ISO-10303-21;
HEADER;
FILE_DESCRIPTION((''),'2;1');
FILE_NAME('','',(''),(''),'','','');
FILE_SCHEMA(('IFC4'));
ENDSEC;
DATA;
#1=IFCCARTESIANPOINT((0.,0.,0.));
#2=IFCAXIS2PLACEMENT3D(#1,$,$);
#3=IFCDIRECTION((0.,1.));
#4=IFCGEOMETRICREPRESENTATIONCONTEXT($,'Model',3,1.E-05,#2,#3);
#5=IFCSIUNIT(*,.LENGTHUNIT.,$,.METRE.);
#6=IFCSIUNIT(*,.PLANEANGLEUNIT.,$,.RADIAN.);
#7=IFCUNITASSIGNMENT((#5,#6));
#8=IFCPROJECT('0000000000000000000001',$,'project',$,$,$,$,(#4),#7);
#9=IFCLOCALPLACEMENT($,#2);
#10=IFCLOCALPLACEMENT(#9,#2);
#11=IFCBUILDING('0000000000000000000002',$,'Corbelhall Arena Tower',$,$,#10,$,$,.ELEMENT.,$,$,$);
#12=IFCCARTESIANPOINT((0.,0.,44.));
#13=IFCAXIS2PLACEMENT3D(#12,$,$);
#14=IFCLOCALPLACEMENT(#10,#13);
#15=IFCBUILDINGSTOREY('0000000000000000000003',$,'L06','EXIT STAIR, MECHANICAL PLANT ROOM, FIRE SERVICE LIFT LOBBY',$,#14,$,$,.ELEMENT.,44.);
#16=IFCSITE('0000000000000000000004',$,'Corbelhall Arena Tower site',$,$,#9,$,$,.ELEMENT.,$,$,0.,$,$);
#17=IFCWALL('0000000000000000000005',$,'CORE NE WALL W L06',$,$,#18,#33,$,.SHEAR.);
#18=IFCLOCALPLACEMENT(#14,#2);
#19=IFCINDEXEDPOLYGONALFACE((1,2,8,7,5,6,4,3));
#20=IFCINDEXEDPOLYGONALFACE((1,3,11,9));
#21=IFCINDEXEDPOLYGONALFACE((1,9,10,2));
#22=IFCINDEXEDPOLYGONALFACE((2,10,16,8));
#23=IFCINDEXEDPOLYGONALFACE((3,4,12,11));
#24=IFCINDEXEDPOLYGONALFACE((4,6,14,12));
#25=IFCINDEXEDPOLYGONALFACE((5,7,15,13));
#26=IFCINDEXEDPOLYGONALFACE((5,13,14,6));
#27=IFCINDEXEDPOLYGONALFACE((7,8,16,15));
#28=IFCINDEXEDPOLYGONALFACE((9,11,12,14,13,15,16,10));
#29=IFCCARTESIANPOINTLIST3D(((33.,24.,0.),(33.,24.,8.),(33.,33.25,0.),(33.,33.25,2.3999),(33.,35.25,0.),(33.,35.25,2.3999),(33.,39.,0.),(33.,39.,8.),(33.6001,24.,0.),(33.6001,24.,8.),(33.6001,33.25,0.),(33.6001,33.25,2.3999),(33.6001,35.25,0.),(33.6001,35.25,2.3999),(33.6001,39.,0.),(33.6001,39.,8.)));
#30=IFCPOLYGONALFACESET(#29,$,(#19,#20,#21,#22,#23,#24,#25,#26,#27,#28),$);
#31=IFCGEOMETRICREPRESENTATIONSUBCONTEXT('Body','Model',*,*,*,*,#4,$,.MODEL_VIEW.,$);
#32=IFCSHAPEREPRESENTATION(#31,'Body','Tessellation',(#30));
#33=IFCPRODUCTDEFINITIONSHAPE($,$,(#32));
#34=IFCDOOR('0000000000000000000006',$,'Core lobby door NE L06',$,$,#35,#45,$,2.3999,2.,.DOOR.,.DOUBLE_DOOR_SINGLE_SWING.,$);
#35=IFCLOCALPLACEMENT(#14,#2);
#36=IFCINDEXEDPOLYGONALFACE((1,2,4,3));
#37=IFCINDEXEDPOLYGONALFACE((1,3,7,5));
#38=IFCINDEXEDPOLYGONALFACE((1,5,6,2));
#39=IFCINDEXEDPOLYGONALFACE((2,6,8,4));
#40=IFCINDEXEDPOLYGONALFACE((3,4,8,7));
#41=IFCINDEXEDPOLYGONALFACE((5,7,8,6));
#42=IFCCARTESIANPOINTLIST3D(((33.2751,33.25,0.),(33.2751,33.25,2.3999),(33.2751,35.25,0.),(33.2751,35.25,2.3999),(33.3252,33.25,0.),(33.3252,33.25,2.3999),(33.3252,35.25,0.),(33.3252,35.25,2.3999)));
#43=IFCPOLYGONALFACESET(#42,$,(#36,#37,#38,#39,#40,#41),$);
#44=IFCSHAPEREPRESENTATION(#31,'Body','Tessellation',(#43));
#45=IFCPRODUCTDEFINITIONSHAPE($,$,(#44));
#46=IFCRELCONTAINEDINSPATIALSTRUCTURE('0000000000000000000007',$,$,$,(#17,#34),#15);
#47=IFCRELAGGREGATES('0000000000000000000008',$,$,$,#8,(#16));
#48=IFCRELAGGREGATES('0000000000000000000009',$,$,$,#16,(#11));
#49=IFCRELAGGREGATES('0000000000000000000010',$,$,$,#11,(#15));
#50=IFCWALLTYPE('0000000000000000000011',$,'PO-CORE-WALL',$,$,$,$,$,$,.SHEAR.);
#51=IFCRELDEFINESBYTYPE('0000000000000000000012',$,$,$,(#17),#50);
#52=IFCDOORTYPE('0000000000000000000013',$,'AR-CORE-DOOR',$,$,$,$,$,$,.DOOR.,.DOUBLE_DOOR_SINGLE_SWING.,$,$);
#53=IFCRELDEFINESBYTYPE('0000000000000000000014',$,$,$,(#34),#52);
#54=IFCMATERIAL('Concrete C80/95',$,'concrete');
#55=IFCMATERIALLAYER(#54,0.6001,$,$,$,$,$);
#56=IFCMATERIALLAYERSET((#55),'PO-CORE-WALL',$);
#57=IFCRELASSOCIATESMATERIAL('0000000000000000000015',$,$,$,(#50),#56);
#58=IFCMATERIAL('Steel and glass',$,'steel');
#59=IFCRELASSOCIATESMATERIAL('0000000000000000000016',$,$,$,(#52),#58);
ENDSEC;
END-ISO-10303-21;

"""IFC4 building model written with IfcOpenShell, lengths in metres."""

from ifc_helpers import new_model, si_unit, direction, frame, frame_2d, origin, place, context, subcontext, project, spatial, rectangle, extrude, material, layer, layer_set, type_object, element, fill, save


model = new_model("IFC4")

# Units and contexts
model_context = context("Model", 3, precision=1e-05, world=origin(), true_north=direction((0.0, 1.0)))
body_context = subcontext(model_context, "Body", "Model", "MODEL_VIEW")
ifc_project = project(units=[si_unit("LENGTHUNIT", "METRE"), si_unit("PLANEANGLEUNIT", "RADIAN")], contexts=[model_context])

# Site, building, storey
site_placement = place(None, origin())
site = spatial("IfcSite", under=ifc_project, at=site_placement, Name="Corbelhall Arena Tower site", CompositionType="ELEMENT", RefElevation=0.0)
building_placement = place(site_placement, origin())
building = spatial("IfcBuilding", under=site, at=building_placement, Name="Corbelhall Arena Tower", CompositionType="ELEMENT")
storey_placement = place(building_placement, frame((0.0, 0.0, 44.0)))
storey = spatial("IfcBuildingStorey", under=building, at=storey_placement, Name="L06", Description="EXIT STAIR, MECHANICAL PLANT ROOM, FIRE SERVICE LIFT LOBBY", CompositionType="ELEMENT", Elevation=44.0)

# Shared definitions
ifc_material_1 = material(Name="Concrete C80/95", Category="concrete")
ifc_layer_1 = layer(ifc_material_1, 0.6001)
ifc_layer_set_1 = layer_set([ifc_layer_1], Name="PO-CORE-WALL")
wall_type_1 = type_object("IfcWallType", Name="PO-CORE-WALL", PredefinedType="SHEAR", material=ifc_layer_set_1)
ifc_material_2 = material(Name="Steel and glass", Category="steel")

# Wall, opening, door
wall_1_placement = place(storey_placement, frame((33.3, 24.0, 0.0), z_axis=(0.0, 0.0, 1.0), x_axis=(0.0, 1.0, 0.0)))
wall_1 = element("IfcWall", 1, at=wall_1_placement, inside=storey, type_object=wall_type_1, Name="CORE NE WALL W L06", PredefinedType="SHEAR", context=body_context, shape_type="SweptSolid", body=[
    extrude(rectangle(XDim=15.0, YDim=0.6001, at=frame_2d((7.5, 0.0))), origin(), (0.0, 0.0, 1.0), 8.0),
])
opening_1_placement = place(wall_1_placement, frame((9.25, 0.0, 0.0)))
opening_1 = element("IfcOpeningElement", 2, at=opening_1_placement, cuts=wall_1, PredefinedType="OPENING", context=body_context, shape_type="SweptSolid", body=[
    extrude(rectangle(XDim=2.0, YDim=2.3999, at=frame_2d((1.0, 1.2))), frame((0.0, 0.3, 0.0), z_axis=(0.0, -1.0, 0.0), x_axis=(1.0, 0.0, 0.0)), (0.0, 0.0, 1.0), 0.6001),
])
door_type_1 = type_object("IfcDoorType", Name="AR-CORE-DOOR", OperationType="DOUBLE_DOOR_SINGLE_SWING", PredefinedType="DOOR", material=ifc_material_2)
door_1_placement = place(opening_1_placement, origin())
door_1 = element("IfcDoor", 3, at=door_1_placement, inside=storey, type_object=door_type_1, Name="Core lobby door NE L06", OperationType="DOUBLE_DOOR_SINGLE_SWING", OverallHeight=2.3999, OverallWidth=2.0, PredefinedType="DOOR", context=body_context, shape_type="SweptSolid", body=[
    extrude(rectangle(XDim=2.0, YDim=2.3999, at=frame_2d((1.0, 1.2))), frame((0.0, 0.0249, 0.0), z_axis=(0.0, -1.0, 0.0), x_axis=(1.0, 0.0, 0.0)), (0.0, 0.0, 1.0), 0.05),
])
fill(opening_1, door_1)

save(model, "model.ifc")
